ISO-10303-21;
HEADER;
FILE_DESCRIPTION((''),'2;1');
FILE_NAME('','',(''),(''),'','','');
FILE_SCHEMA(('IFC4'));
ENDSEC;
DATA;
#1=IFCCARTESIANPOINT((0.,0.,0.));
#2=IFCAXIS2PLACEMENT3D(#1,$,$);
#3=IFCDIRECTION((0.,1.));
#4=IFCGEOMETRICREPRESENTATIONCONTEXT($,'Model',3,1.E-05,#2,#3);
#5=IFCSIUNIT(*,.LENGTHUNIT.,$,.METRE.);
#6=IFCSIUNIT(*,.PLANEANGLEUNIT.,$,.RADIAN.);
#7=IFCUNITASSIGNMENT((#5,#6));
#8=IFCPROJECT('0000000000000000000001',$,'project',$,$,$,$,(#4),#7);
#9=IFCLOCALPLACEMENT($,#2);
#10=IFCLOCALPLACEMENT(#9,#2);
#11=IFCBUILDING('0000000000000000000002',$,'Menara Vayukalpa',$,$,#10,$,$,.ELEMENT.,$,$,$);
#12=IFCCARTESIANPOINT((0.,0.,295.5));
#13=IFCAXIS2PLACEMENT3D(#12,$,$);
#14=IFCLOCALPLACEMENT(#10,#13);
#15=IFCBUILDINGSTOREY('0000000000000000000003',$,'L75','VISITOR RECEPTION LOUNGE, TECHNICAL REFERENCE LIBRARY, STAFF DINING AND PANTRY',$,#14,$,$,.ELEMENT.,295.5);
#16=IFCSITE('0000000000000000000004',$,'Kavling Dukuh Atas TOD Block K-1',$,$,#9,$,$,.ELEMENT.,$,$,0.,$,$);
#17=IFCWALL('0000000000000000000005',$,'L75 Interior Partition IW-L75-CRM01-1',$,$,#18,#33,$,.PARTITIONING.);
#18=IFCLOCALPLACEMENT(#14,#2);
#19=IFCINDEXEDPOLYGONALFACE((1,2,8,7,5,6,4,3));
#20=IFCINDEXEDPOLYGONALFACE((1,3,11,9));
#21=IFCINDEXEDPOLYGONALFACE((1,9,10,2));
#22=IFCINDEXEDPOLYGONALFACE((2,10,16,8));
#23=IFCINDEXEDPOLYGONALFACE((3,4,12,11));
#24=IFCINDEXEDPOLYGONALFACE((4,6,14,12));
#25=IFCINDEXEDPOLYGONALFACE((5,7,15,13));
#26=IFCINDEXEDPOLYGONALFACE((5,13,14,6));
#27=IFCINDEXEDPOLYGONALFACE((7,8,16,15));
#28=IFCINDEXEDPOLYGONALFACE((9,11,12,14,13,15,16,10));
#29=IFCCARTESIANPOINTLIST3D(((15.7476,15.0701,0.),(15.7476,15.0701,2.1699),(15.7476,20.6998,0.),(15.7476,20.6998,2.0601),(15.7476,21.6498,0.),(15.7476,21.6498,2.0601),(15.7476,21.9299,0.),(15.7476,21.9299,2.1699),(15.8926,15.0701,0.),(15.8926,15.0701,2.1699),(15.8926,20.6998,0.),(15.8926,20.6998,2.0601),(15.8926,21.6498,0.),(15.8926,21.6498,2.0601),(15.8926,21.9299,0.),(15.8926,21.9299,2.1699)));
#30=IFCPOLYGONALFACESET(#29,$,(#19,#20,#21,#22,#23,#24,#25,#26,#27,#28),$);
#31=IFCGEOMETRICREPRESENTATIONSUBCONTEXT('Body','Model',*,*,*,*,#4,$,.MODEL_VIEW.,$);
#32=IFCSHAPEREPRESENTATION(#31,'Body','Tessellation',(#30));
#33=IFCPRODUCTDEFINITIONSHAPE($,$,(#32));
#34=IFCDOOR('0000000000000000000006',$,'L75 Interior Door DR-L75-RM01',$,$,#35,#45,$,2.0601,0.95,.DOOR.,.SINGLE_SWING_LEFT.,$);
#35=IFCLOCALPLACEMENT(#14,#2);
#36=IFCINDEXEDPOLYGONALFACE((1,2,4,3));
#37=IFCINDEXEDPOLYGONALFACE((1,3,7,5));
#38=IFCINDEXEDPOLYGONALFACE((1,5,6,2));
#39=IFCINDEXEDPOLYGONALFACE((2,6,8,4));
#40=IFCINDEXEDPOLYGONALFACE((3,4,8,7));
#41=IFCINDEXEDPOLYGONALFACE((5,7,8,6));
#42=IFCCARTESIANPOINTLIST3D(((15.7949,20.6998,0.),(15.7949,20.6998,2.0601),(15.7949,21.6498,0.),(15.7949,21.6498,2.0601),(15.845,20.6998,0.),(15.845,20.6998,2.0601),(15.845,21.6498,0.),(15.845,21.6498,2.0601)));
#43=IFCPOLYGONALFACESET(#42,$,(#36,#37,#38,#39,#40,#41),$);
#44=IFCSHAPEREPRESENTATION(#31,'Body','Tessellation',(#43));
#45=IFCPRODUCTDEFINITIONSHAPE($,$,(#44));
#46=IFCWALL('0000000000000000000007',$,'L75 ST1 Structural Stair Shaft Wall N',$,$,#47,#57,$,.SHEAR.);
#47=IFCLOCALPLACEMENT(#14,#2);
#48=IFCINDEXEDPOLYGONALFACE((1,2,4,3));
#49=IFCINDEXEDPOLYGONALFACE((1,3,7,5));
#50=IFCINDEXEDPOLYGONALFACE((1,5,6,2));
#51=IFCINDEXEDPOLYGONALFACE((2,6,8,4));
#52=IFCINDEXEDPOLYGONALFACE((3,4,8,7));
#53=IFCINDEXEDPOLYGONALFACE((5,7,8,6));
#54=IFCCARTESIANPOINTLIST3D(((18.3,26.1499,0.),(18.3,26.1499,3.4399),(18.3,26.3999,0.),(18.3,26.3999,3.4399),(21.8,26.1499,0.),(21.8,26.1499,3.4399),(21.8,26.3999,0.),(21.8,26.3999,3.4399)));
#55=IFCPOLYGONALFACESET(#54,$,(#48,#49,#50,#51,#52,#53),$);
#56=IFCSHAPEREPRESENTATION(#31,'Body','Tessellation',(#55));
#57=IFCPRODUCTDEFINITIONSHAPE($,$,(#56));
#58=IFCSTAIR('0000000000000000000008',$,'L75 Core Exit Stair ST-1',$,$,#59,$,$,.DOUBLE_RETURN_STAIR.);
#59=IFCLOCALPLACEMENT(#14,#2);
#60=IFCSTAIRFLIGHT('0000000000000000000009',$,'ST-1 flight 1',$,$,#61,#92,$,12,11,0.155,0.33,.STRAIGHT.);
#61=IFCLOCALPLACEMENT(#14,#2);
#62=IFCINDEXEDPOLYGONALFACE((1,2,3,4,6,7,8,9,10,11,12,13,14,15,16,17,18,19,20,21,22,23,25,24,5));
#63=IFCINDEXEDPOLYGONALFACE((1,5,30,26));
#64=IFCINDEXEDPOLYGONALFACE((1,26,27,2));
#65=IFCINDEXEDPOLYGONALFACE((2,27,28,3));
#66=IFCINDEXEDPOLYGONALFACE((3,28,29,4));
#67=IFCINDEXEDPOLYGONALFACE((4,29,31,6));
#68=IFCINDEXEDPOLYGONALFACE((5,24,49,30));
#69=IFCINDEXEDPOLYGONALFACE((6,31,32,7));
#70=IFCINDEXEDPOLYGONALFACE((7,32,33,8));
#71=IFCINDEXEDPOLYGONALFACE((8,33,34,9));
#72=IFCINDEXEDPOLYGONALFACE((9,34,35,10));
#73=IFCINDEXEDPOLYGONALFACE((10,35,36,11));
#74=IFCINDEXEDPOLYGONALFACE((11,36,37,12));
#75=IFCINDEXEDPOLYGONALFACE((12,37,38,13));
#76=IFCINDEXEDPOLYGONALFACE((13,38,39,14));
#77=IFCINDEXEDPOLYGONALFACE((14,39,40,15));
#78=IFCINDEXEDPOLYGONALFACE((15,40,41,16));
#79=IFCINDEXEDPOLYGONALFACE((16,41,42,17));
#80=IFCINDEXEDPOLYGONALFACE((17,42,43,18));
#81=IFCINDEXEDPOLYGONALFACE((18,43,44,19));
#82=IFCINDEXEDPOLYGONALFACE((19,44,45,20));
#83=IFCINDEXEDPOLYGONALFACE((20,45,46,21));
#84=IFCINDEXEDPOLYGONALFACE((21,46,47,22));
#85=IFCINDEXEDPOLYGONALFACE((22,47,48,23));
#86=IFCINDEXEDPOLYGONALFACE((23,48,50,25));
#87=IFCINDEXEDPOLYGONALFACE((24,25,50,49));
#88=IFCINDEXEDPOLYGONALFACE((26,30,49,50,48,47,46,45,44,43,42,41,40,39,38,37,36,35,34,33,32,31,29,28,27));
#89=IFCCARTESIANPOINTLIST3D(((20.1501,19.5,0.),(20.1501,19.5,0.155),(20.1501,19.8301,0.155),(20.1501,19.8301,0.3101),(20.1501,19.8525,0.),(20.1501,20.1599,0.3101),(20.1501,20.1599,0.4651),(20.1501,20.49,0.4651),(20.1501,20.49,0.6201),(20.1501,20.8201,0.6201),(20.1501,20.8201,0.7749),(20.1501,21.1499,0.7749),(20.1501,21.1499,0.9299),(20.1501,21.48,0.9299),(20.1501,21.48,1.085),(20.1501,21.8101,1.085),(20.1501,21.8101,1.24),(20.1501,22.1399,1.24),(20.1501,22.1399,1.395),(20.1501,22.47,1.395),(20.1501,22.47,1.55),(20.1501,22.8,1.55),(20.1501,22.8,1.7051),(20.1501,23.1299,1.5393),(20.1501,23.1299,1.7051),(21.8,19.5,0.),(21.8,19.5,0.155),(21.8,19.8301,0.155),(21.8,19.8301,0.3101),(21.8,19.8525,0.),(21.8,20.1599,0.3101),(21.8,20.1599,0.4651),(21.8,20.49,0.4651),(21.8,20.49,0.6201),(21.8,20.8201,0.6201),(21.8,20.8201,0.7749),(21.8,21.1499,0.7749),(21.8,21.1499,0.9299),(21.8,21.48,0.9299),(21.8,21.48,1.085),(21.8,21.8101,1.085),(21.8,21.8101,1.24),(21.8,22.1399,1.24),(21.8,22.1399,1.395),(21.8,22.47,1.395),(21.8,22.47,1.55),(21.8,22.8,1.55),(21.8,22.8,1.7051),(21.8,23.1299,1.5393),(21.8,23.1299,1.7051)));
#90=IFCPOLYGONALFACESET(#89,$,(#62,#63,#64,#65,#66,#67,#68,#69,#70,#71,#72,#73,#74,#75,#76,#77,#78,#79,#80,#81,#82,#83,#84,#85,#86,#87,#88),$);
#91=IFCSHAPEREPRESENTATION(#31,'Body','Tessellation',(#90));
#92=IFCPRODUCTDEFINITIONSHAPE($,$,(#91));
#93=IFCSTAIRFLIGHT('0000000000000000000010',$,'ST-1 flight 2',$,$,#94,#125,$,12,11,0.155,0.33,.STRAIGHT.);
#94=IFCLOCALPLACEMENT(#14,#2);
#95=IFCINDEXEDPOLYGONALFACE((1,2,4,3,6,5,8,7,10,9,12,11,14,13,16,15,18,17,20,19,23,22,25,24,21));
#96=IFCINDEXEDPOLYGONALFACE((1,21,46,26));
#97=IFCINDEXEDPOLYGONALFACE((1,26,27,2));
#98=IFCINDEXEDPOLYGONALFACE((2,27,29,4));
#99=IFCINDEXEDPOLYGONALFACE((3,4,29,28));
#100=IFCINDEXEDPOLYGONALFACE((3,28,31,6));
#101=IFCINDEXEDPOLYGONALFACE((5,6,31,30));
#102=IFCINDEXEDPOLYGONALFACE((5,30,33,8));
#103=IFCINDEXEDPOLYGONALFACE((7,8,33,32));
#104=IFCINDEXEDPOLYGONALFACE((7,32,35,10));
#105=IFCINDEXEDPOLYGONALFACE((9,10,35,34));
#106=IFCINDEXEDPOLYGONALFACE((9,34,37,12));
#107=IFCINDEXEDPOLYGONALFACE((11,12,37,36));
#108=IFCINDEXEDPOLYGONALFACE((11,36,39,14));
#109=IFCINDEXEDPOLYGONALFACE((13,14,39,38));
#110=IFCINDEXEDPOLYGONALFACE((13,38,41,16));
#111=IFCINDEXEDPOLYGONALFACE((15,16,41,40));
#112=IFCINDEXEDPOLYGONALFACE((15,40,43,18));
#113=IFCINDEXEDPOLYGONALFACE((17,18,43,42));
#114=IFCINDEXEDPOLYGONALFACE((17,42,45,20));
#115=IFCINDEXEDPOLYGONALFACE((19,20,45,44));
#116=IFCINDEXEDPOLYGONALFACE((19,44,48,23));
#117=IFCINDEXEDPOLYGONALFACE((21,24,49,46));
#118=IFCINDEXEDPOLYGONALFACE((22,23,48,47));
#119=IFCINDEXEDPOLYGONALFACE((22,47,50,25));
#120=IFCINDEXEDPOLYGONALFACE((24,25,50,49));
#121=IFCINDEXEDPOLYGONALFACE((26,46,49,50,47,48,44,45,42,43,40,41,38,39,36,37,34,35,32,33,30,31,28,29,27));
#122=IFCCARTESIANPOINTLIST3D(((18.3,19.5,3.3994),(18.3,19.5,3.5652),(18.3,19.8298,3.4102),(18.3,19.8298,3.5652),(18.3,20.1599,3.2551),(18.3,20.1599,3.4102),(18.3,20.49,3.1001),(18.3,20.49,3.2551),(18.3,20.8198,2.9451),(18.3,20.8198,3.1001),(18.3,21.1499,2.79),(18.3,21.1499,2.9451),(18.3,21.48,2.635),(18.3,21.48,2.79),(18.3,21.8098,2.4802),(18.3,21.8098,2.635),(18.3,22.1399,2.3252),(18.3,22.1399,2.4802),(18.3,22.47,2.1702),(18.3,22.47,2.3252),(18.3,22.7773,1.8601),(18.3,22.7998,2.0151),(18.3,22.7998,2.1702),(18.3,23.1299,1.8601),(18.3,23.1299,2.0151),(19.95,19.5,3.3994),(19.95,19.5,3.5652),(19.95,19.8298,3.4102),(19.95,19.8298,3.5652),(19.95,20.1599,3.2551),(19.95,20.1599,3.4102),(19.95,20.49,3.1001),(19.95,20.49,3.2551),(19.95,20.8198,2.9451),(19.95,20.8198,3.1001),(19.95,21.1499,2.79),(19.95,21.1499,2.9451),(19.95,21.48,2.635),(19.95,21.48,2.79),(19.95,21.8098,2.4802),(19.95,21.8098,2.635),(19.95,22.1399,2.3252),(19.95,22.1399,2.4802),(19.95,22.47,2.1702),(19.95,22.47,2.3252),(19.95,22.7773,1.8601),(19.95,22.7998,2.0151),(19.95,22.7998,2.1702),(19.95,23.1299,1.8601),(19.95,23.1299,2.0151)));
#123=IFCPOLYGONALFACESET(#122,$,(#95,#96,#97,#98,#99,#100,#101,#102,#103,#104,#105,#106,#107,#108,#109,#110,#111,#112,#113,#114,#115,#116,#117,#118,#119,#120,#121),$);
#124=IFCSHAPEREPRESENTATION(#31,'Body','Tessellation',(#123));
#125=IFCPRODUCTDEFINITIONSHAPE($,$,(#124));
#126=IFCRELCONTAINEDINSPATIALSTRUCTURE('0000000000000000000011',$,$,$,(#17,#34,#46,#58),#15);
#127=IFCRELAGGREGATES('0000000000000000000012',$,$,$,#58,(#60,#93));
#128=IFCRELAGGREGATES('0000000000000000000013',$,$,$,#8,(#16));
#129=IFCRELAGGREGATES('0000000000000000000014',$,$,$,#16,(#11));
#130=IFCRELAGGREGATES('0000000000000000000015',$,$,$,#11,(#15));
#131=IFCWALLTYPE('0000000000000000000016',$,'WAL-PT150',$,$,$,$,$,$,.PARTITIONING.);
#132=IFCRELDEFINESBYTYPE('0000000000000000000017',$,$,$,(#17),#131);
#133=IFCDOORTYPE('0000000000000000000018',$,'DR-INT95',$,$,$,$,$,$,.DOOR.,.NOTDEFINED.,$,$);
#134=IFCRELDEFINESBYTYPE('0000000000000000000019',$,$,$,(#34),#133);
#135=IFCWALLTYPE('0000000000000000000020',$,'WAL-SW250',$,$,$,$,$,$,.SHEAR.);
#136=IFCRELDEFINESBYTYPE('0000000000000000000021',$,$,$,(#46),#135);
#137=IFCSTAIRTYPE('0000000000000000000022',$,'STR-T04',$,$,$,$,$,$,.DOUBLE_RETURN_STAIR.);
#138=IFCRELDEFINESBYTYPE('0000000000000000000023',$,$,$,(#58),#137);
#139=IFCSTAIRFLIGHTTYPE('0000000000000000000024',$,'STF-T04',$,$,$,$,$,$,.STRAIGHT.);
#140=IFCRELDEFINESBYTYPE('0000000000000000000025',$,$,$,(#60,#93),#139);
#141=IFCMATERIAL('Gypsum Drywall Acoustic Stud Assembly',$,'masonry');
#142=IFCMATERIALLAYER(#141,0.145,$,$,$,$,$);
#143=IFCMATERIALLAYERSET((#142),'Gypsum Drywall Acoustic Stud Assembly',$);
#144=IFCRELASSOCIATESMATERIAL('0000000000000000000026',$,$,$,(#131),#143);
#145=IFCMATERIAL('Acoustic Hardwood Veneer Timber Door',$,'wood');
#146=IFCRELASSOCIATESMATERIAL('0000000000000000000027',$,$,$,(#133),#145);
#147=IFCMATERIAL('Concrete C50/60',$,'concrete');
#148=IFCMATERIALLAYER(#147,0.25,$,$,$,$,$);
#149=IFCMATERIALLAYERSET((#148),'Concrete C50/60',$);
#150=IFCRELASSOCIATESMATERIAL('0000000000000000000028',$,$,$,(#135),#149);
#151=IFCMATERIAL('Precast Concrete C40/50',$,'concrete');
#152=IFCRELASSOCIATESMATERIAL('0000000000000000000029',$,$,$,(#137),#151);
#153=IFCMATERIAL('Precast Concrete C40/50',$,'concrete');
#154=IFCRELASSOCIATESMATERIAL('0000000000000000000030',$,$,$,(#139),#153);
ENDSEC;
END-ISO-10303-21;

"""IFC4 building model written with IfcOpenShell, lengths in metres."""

from ifc_helpers import new_model, si_unit, direction, frame, frame_2d, origin, place, context, subcontext, project, spatial, polyline, rectangle, outline, extrude, material, layer, layer_set, type_object, element, fill, aggregate, save


model = new_model("IFC4")

# Units and contexts
model_context = context("Model", 3, precision=1e-05, world=origin(), true_north=direction((0.0, 1.0)))
body_context = subcontext(model_context, "Body", "Model", "MODEL_VIEW")
ifc_project = project(units=[si_unit("LENGTHUNIT", "METRE"), si_unit("PLANEANGLEUNIT", "RADIAN")], contexts=[model_context])

# Site, building, storey
site_placement = place(None, origin())
site = spatial("IfcSite", under=ifc_project, at=site_placement, Name="Kavling Dukuh Atas TOD Block K-1", CompositionType="ELEMENT", RefElevation=0.0)
building_placement = place(site_placement, origin())
building = spatial("IfcBuilding", under=site, at=building_placement, Name="Menara Vayukalpa", CompositionType="ELEMENT")
storey_placement = place(building_placement, frame((0.0, 0.0, 295.5)))
storey = spatial("IfcBuildingStorey", under=building, at=storey_placement, Name="L75", Description="VISITOR RECEPTION LOUNGE, TECHNICAL REFERENCE LIBRARY, STAFF DINING AND PANTRY", CompositionType="ELEMENT", Elevation=295.5)

# Wall, opening, door
ifc_material_1 = material(Name="Gypsum Drywall Acoustic Stud Assembly", Category="masonry")
ifc_layer_1 = layer(ifc_material_1, 0.145)
ifc_layer_set_1 = layer_set([ifc_layer_1], Name="Gypsum Drywall Acoustic Stud Assembly")
wall_type_1 = type_object("IfcWallType", Name="WAL-PT150", PredefinedType="PARTITIONING", material=ifc_layer_set_1)
wall_1_placement = place(storey_placement, frame((15.8201, 21.9299, 0.0), z_axis=(0.0, 0.0, 1.0), x_axis=(0.0, -1.0, 0.0)))
wall_1 = element("IfcWall", 1, at=wall_1_placement, inside=storey, type_object=wall_type_1, Name="L75 Interior Partition IW-L75-CRM01-1", PredefinedType="PARTITIONING", context=body_context, shape_type="SweptSolid", body=[
    extrude(rectangle(XDim=6.8599, YDim=0.145, at=frame_2d((3.4299, 0.0))), origin(), (0.0, 0.0, 1.0), 2.1699),
])
opening_1_placement = place(wall_1_placement, frame((0.28, 0.0, 0.0)))
opening_1 = element("IfcOpeningElement", 2, at=opening_1_placement, cuts=wall_1, PredefinedType="OPENING", context=body_context, shape_type="SweptSolid", body=[
    extrude(rectangle(XDim=0.95, YDim=2.0601, at=frame_2d((0.4751, 1.03))), frame((0.0, 0.0825, 0.0), z_axis=(0.0, -1.0, 0.0), x_axis=(1.0, 0.0, 0.0)), (0.0, 0.0, 1.0), 0.165),
])
ifc_material_2 = material(Name="Acoustic Hardwood Veneer Timber Door", Category="wood")
door_type_1 = type_object("IfcDoorType", Name="DR-INT95", OperationType="NOTDEFINED", PredefinedType="DOOR", material=ifc_material_2)
door_1_placement = place(opening_1_placement, origin())
door_1 = element("IfcDoor", 3, at=door_1_placement, inside=storey, type_object=door_type_1, Name="L75 Interior Door DR-L75-RM01", OperationType="SINGLE_SWING_LEFT", OverallHeight=2.0601, OverallWidth=0.95, PredefinedType="DOOR", context=body_context, shape_type="SweptSolid", body=[
    extrude(rectangle(XDim=0.95, YDim=2.0601, at=frame_2d((0.4751, 1.03))), frame((0.0, 0.0249, 0.0), z_axis=(0.0, -1.0, 0.0), x_axis=(1.0, 0.0, 0.0)), (0.0, 0.0, 1.0), 0.05),
])
fill(opening_1, door_1)

# Wall
ifc_material_3 = material(Name="Concrete C50/60", Category="concrete")
ifc_layer_2 = layer(ifc_material_3, 0.25)
ifc_layer_set_2 = layer_set([ifc_layer_2], Name="Concrete C50/60")
wall_type_2 = type_object("IfcWallType", Name="WAL-SW250", PredefinedType="SHEAR", material=ifc_layer_set_2)
wall_2_placement = place(storey_placement, frame((18.3, 26.2749, 0.0), z_axis=(0.0, 0.0, 1.0), x_axis=(1.0, 0.0, 0.0)))
element("IfcWall", 4, at=wall_2_placement, inside=storey, type_object=wall_type_2, Name="L75 ST1 Structural Stair Shaft Wall N", PredefinedType="SHEAR", context=body_context, shape_type="SweptSolid", body=[
    extrude(rectangle(XDim=3.5, YDim=0.25, at=frame_2d((1.75, 0.0))), origin(), (0.0, 0.0, 1.0), 3.4399),
])

# Stair, stair flights
ifc_material_4 = material(Name="Precast Concrete C40/50", Category="concrete")
stair_type = type_object("IfcStairType", Name="STR-T04", PredefinedType="DOUBLE_RETURN_STAIR", material=ifc_material_4)
stair_placement = place(storey_placement, origin())
stair = element("IfcStair", 5, at=stair_placement, inside=storey, type_object=stair_type, Name="L75 Core Exit Stair ST-1", PredefinedType="DOUBLE_RETURN_STAIR")
ifc_material_5 = material(Name="Precast Concrete C40/50", Category="concrete")
stair_flight_type = type_object("IfcStairFlightType", Name="STF-T04", PredefinedType="STRAIGHT", material=ifc_material_5)
stair_flight_1_placement = place(storey_placement, frame((20.9751, 19.5, 0.0), z_axis=(0.0, 0.0, 1.0), x_axis=(0.0, 1.0, 0.0)))
stair_flight_1 = element("IfcStairFlight", 6, at=stair_flight_1_placement, type_object=stair_flight_type, Name="ST-1 flight 1", NumberOfRisers=12, NumberOfTreads=11, PredefinedType="STRAIGHT", RiserHeight=0.155, TreadLength=0.33, context=body_context, shape_type="SweptSolid", body=[
    extrude(outline(polyline([(0.0, 0.0), (0.0, 0.155), (0.3301, 0.155), (0.3301, 0.3101), (0.6599, 0.3101), (0.6599, 0.4651), (0.99, 0.4651), (0.99, 0.6201), (1.3201, 0.6201), (1.3201, 0.7749), (1.6499, 0.7749), (1.6499, 0.9299), (1.98, 0.9299), (1.98, 1.085), (2.3101, 1.085), (2.3101, 1.24), (2.6399, 1.24), (2.6399, 1.395), (2.97, 1.395), (2.97, 1.55), (3.3, 1.55), (3.3, 1.7051), (3.6299, 1.7051), (3.6299, 1.8601), (3.6299, 1.5393), (0.3525, 0.0), (0.0, 0.0)])), frame((0.0, 0.825, 0.0), z_axis=(0.0, -1.0, 0.0), x_axis=(1.0, 0.0, 0.0)), (0.0, 0.0, 1.0), 1.6499),
])
stair_flight_2_placement = place(storey_placement, frame((19.125, 23.1299, 1.8601), z_axis=(0.0, 0.0, 1.0), x_axis=(0.0, -1.0, 0.0)))
stair_flight_2 = element("IfcStairFlight", 7, at=stair_flight_2_placement, type_object=stair_flight_type, Name="ST-1 flight 2", NumberOfRisers=12, NumberOfTreads=11, PredefinedType="STRAIGHT", RiserHeight=0.155, TreadLength=0.33, context=body_context, shape_type="SweptSolid", body=[
    extrude(outline(polyline([(0.0, 0.0), (0.0, 0.155), (0.3301, 0.155), (0.3301, 0.3101), (0.6599, 0.3101), (0.6599, 0.4651), (0.99, 0.4651), (0.99, 0.6201), (1.3201, 0.6201), (1.3201, 0.7749), (1.6499, 0.7749), (1.6499, 0.9299), (1.98, 0.9299), (1.98, 1.085), (2.3101, 1.085), (2.3101, 1.24), (2.6399, 1.24), (2.6399, 1.395), (2.97, 1.395), (2.97, 1.55), (3.3, 1.55), (3.3, 1.7051), (3.6299, 1.7051), (3.6299, 1.8601), (3.6299, 1.5393), (0.3525, 0.0), (0.0, 0.0)])), frame((0.0, 0.825, 0.0), z_axis=(0.0, -1.0, 0.0), x_axis=(1.0, 0.0, 0.0)), (0.0, 0.0, 1.0), 1.6499),
])
aggregate(stair, [stair_flight_1, stair_flight_2])

save(model, "model.ifc")
